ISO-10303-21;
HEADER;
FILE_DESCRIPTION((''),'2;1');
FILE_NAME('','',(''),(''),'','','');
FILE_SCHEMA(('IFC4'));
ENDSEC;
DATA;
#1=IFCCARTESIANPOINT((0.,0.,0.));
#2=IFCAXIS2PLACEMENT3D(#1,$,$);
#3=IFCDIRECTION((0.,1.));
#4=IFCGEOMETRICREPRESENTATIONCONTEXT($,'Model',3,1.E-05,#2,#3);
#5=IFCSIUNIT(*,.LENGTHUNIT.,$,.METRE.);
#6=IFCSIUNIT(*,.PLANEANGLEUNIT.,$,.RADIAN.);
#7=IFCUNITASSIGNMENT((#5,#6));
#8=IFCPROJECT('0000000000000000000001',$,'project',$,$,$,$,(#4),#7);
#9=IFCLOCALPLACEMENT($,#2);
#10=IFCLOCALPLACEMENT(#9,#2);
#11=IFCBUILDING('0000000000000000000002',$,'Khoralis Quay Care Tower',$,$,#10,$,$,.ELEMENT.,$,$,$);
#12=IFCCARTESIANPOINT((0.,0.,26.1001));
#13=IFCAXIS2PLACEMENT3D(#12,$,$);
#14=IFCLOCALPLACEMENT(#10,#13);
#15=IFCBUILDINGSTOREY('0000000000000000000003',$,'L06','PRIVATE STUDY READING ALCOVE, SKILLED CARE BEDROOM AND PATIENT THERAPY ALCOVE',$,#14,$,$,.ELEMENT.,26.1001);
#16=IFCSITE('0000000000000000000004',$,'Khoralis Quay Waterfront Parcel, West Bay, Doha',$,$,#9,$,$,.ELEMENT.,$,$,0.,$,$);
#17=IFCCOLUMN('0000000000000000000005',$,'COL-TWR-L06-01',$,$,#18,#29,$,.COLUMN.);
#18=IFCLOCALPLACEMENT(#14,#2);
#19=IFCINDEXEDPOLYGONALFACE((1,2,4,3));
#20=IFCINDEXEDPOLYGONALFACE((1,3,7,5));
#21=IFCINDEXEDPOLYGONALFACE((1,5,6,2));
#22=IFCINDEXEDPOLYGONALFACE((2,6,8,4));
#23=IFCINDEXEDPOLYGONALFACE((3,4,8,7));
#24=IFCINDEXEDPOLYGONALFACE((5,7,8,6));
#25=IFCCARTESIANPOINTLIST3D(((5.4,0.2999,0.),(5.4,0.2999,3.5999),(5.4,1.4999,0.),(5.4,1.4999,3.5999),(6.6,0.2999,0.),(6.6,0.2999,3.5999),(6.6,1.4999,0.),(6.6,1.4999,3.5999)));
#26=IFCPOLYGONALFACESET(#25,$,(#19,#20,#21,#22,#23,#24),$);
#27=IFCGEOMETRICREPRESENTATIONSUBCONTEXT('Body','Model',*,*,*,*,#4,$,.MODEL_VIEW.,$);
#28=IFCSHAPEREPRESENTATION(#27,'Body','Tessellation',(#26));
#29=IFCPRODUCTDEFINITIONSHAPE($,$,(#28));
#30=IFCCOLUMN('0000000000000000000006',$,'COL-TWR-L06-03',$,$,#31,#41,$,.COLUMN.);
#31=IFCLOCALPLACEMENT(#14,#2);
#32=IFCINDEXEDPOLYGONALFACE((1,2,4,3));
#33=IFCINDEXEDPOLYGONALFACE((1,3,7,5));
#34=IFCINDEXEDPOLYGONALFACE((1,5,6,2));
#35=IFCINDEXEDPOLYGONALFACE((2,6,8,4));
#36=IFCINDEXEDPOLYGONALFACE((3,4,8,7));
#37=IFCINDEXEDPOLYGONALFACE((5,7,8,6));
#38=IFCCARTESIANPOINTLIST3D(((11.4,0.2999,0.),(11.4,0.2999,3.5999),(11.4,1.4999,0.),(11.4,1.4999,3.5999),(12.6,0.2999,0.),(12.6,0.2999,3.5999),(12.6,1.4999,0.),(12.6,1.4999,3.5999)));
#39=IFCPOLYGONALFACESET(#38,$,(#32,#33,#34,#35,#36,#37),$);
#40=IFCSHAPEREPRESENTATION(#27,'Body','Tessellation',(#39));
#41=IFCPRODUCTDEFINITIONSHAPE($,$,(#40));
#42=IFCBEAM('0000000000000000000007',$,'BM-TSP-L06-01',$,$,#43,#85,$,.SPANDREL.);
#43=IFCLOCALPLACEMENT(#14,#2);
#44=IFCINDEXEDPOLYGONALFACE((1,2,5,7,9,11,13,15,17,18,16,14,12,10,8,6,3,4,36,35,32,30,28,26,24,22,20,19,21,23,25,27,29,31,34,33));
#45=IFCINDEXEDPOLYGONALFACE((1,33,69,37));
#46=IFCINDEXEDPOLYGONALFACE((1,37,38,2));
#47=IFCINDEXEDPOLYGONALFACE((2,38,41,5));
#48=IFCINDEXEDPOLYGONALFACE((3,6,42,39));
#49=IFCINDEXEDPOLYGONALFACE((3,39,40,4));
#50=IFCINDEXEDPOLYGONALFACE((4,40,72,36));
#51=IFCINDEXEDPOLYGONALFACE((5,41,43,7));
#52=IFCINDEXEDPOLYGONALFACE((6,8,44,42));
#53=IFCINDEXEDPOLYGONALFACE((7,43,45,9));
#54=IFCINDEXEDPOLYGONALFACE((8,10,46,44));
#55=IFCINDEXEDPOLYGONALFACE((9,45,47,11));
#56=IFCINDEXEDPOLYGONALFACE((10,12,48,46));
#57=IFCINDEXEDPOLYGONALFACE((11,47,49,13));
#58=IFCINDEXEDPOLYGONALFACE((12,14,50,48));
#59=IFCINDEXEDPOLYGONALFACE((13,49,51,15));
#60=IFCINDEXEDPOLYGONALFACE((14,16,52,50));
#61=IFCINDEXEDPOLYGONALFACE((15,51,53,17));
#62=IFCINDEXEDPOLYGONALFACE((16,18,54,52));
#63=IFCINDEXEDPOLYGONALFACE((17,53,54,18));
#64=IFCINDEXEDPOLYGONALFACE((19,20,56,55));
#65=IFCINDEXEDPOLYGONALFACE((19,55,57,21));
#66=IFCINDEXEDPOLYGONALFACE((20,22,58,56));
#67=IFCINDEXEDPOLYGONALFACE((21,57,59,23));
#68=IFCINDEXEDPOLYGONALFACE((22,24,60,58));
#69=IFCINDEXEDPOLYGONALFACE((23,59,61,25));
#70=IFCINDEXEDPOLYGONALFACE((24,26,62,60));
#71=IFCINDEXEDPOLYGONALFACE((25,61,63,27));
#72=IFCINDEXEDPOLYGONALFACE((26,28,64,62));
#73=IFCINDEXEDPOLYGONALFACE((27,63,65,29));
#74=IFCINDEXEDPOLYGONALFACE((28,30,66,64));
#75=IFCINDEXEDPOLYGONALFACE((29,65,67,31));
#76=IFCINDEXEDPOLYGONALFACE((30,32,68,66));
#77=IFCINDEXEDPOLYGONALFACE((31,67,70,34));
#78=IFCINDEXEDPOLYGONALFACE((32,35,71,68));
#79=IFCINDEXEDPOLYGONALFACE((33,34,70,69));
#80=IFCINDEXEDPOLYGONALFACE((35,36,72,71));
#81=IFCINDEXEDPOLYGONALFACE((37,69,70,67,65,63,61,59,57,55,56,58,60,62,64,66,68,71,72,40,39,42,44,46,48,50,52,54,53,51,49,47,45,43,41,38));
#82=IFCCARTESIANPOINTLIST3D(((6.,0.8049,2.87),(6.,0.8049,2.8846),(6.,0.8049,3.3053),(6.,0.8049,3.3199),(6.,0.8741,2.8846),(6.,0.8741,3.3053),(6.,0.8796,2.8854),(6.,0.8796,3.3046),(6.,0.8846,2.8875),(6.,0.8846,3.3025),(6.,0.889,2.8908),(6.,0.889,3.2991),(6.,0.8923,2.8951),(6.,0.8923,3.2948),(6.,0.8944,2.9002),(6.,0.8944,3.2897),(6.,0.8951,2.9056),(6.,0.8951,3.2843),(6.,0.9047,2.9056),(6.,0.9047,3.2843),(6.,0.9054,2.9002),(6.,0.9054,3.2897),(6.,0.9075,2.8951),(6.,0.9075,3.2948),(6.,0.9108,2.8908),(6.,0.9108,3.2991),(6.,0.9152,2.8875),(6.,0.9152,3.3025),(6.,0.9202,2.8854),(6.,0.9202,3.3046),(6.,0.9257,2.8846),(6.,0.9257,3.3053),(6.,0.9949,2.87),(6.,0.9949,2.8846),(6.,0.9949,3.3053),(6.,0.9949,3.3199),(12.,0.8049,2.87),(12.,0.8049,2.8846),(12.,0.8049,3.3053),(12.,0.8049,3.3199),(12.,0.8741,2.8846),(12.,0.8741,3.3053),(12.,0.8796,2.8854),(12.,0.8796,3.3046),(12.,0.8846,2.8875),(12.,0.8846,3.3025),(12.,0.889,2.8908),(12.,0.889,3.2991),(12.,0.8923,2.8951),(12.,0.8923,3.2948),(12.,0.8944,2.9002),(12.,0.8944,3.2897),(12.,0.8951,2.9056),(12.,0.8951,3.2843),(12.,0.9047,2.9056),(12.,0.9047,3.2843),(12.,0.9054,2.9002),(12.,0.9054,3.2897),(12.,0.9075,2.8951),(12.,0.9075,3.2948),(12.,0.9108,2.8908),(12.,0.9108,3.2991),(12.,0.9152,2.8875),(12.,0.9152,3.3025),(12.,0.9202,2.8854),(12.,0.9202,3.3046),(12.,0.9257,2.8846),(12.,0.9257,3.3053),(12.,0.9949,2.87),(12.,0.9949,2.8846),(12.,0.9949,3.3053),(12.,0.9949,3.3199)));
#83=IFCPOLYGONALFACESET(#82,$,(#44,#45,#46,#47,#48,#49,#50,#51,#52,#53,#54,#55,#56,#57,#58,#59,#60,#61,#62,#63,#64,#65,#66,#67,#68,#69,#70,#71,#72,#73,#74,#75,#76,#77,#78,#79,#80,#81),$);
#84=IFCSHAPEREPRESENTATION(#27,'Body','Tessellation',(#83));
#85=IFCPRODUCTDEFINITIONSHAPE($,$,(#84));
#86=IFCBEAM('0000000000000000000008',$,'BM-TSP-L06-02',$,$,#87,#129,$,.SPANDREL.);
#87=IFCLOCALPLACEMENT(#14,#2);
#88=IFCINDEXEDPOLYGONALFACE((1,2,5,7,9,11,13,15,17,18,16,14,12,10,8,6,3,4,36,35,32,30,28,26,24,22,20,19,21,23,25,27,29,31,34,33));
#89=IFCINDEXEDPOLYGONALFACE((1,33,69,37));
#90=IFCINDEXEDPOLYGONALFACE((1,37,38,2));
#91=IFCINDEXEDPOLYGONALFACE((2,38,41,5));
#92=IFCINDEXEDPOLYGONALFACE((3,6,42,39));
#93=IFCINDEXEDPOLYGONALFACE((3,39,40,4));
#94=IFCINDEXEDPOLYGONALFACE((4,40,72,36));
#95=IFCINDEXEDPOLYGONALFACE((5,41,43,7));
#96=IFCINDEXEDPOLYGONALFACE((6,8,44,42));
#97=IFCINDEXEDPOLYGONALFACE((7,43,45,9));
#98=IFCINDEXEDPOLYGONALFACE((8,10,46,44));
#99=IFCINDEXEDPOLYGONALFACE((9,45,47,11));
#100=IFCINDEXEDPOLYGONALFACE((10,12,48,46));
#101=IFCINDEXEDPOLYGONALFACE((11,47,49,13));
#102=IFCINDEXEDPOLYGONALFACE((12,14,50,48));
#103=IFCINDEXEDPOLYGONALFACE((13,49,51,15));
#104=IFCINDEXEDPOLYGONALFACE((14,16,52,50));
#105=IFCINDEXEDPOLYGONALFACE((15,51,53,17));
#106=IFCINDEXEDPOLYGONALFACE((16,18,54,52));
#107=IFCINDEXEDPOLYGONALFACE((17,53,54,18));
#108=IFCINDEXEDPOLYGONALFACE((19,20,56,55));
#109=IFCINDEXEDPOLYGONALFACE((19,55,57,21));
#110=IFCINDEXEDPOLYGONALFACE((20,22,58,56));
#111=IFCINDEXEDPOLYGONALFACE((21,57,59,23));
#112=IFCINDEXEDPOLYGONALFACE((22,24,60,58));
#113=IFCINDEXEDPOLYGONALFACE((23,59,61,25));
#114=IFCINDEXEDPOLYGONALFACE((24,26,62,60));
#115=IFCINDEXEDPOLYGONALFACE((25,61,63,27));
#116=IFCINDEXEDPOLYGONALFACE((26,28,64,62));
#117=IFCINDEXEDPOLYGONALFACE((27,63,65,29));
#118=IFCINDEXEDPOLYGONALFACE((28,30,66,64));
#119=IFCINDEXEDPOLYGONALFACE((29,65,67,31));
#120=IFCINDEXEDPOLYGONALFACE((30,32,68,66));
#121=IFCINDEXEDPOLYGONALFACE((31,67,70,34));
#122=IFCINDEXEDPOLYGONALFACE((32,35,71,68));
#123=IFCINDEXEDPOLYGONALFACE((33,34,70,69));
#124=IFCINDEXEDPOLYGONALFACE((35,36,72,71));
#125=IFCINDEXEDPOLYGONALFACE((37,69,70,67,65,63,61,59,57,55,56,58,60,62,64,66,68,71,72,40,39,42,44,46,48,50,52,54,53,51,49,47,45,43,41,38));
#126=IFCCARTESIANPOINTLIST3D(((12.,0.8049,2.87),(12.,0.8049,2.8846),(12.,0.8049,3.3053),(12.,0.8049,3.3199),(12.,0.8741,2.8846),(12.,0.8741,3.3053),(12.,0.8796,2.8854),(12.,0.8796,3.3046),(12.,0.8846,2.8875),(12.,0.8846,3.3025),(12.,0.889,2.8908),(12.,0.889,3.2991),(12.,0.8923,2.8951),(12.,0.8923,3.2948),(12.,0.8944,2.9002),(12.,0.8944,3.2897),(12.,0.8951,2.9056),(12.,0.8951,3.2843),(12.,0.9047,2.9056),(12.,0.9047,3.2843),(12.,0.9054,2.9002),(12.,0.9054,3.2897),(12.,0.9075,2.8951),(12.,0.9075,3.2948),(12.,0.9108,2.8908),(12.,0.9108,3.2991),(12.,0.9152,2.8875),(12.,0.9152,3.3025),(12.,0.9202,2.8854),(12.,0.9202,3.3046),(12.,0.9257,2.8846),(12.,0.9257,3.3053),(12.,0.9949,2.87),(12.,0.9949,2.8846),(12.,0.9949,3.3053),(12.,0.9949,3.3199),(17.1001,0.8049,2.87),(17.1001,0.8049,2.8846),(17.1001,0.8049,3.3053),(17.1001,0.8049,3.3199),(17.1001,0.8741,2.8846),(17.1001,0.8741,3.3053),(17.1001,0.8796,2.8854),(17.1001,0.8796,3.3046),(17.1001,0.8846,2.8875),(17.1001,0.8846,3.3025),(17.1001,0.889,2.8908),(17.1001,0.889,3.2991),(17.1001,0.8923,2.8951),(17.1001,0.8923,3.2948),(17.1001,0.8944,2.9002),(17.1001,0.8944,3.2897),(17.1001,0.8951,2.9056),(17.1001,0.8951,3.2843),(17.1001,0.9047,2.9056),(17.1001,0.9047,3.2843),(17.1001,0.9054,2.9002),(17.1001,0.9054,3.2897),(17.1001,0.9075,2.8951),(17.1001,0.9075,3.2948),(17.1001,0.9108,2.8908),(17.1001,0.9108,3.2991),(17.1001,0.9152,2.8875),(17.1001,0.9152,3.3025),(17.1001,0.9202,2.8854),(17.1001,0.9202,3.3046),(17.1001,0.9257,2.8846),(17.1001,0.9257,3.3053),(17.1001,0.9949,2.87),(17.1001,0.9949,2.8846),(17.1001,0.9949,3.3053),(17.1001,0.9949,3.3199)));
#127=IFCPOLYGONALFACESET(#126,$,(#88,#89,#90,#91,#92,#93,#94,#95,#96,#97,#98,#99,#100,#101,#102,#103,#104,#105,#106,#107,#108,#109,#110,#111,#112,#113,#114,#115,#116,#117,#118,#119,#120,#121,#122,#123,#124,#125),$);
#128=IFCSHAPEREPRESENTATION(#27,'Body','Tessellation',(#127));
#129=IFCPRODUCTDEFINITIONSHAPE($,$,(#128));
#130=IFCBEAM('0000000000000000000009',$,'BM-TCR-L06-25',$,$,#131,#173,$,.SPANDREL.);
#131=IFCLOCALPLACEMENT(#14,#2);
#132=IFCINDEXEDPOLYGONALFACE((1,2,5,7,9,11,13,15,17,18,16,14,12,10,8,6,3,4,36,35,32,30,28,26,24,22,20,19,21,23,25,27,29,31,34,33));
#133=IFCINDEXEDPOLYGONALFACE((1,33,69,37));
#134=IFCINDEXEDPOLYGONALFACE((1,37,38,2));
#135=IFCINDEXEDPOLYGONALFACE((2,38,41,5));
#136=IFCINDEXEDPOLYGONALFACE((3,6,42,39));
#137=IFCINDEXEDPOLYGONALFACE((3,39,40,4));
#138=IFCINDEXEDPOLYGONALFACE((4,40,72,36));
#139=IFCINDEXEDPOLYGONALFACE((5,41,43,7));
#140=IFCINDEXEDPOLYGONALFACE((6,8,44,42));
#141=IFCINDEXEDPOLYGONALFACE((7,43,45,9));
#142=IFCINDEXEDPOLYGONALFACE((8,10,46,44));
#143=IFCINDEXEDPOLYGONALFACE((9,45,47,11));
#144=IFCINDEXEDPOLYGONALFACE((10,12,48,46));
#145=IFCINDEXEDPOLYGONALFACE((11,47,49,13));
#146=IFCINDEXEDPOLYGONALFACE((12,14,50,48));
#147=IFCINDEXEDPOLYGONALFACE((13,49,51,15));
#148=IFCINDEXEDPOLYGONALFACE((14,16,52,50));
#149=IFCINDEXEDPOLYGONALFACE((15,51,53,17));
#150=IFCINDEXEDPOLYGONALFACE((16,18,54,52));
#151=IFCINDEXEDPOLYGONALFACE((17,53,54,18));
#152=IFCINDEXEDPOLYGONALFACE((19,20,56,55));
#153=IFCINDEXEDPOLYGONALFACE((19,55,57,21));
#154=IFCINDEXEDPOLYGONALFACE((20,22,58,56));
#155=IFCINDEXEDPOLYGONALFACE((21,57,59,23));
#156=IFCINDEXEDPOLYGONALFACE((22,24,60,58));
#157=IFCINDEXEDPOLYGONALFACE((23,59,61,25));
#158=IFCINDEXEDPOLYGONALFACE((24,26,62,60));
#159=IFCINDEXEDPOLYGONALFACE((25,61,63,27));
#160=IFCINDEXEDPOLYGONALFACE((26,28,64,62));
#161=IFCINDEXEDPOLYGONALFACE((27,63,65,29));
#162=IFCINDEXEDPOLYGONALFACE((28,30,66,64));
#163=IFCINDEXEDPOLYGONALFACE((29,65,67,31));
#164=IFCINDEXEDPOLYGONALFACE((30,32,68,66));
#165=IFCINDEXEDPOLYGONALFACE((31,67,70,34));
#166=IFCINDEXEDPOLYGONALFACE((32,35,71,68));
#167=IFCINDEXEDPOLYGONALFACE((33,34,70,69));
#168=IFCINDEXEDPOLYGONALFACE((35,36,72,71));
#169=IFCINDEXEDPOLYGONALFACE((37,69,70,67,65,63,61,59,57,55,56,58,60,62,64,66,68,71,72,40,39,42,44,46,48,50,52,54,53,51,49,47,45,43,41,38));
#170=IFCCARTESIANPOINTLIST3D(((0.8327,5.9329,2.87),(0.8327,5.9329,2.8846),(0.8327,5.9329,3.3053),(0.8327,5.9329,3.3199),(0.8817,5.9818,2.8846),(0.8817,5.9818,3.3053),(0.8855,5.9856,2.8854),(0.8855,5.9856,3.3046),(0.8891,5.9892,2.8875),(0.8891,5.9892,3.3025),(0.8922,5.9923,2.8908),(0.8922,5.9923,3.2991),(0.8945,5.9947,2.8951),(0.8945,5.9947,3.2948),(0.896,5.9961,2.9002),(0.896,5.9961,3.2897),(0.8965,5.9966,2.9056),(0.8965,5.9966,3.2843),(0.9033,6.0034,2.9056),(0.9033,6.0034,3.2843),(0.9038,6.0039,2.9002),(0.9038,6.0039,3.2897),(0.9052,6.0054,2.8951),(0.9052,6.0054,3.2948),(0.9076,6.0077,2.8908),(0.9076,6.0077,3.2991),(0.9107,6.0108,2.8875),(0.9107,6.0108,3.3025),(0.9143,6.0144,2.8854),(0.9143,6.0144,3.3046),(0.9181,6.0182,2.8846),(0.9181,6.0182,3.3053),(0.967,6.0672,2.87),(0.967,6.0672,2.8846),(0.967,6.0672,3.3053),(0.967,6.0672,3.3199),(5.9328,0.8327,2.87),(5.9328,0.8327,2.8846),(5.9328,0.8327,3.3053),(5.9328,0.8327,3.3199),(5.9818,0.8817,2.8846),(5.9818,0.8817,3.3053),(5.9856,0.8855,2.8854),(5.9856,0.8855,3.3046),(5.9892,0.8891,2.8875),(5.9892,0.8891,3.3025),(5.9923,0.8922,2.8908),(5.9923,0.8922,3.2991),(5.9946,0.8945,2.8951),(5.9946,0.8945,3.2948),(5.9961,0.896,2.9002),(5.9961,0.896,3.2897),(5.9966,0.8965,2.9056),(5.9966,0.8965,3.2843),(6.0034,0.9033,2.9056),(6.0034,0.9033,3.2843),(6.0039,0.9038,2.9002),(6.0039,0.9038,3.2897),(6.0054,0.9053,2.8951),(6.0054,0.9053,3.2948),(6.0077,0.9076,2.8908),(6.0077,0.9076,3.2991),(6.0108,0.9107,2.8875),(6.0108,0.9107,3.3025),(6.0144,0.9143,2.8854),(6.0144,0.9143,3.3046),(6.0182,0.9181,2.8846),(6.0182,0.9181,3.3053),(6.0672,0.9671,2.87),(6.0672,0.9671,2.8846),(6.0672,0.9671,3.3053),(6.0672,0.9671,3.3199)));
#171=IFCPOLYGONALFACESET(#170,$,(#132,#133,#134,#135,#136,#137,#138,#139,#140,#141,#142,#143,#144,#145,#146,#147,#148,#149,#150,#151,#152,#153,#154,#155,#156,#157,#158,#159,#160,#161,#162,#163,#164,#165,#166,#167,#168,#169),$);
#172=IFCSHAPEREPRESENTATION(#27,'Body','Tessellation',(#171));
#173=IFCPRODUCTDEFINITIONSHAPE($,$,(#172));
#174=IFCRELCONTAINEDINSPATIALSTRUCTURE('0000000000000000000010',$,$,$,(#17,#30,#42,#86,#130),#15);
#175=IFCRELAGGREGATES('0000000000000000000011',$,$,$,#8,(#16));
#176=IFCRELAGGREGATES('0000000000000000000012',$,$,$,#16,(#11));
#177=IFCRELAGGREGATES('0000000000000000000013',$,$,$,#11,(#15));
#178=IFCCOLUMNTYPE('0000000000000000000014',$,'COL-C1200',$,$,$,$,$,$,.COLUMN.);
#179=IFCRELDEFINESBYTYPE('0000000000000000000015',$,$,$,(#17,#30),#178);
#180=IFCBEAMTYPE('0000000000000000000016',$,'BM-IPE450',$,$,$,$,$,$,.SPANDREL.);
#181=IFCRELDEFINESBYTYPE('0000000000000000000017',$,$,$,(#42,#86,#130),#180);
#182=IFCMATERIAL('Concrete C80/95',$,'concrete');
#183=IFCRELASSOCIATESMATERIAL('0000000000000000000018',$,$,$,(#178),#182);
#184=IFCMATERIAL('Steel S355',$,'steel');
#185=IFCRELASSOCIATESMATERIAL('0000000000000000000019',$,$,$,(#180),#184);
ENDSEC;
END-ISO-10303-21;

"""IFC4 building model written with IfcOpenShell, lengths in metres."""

from ifc_helpers import new_model, si_unit, direction, frame, origin, origin_2d, place, context, subcontext, project, spatial, rectangle, i_section, extrude, source, transform, mapped, material, material_profile, profile_set, type_object, element, save


model = new_model("IFC4")

# Units and contexts
model_context = context("Model", 3, precision=1e-05, world=origin(), true_north=direction((0.0, 1.0)))
body_context = subcontext(model_context, "Body", "Model", "MODEL_VIEW")
ifc_project = project(units=[si_unit("LENGTHUNIT", "METRE"), si_unit("PLANEANGLEUNIT", "RADIAN")], contexts=[model_context])

# Site, building, storey
site_placement = place(None, origin())
site = spatial("IfcSite", under=ifc_project, at=site_placement, Name="Khoralis Quay Waterfront Parcel, West Bay, Doha", CompositionType="ELEMENT", RefElevation=0.0)
building_placement = place(site_placement, origin())
building = spatial("IfcBuilding", under=site, at=building_placement, Name="Khoralis Quay Care Tower", CompositionType="ELEMENT")
storey_placement = place(building_placement, frame((0.0, 0.0, 26.1001)))
storey = spatial("IfcBuildingStorey", under=building, at=storey_placement, Name="L06", Description="PRIVATE STUDY READING ALCOVE, SKILLED CARE BEDROOM AND PATIENT THERAPY ALCOVE", CompositionType="ELEMENT", Elevation=26.1001)

# Columns
ifc_material_1 = material(Name="Concrete C80/95", Category="concrete")
ifc_material_profile_1 = material_profile(ifc_material_1, rectangle(XDim=1.2, YDim=1.2, at=origin_2d()), Name="Concrete C80/95")
ifc_profile_set_1 = profile_set([ifc_material_profile_1], Name="Concrete C80/95")
column_type = type_object("IfcColumnType", Name="COL-C1200", PredefinedType="COLUMN", material=ifc_profile_set_1)
shared_shape_1 = source(origin(), body_context, "Body", "SweptSolid", [
    extrude(rectangle(XDim=1.2, YDim=1.2, at=origin_2d()), origin(), (0.0, 0.0, 1.0), 3.5999),
])
for number, where, z_axis, x_axis, name in (
    (1, (6.0, 0.8999, 0.0), (0.0, 0.0, 1.0), (1.0, 0.0, 0.0), "COL-TWR-L06-01"),
    (2, (12.0, 0.8999, 0.0), (0.0, 0.0, 1.0), (1.0, 0.0, 0.0), "COL-TWR-L06-03"),
):
    element("IfcColumn", number, at=place(storey_placement, frame(where, z_axis=z_axis, x_axis=x_axis)), inside=storey, type_object=column_type, Name=name, PredefinedType="COLUMN", context=body_context, shape_type="MappedRepresentation", body=[
        mapped(shared_shape_1, transform((0.0, 0.0, 0.0), scale=1.0)),
    ])

# Beams
ifc_material_2 = material(Name="Steel S355", Category="steel")
ifc_material_profile_2 = material_profile(ifc_material_2, i_section(OverallWidth=0.1899, OverallDepth=0.45, WebThickness=0.0095, FlangeThickness=0.0146, FilletRadius=0.021, at=origin_2d()), Name="Steel S355")
ifc_profile_set_2 = profile_set([ifc_material_profile_2], Name="Steel S355")
beam_type_1 = type_object("IfcBeamType", Name="BM-IPE450", PredefinedType="SPANDREL", material=ifc_profile_set_2)
shared_shape_2 = source(origin(), body_context, "Body", "SweptSolid", [
    extrude(i_section(OverallWidth=0.1899, OverallDepth=0.45, WebThickness=0.0095, FlangeThickness=0.0146, FilletRadius=0.021, at=origin_2d()), origin(), (0.0, 0.0, 1.0), 6.0),
])
beam_1_placement = place(storey_placement, frame((6.0, 0.8999, 3.095), z_axis=(1.0, 0.0, 0.0), x_axis=(0.0, 1.0, 0.0)))
element("IfcBeam", 3, at=beam_1_placement, inside=storey, type_object=beam_type_1, Name="BM-TSP-L06-01", PredefinedType="SPANDREL", context=body_context, shape_type="MappedRepresentation", body=[
    mapped(shared_shape_2, transform((0.0, 0.0, 0.0), scale=1.0)),
])
shared_shape_3 = source(origin(), body_context, "Body", "SweptSolid", [
    extrude(i_section(OverallWidth=0.1899, OverallDepth=0.45, WebThickness=0.0095, FlangeThickness=0.0146, FilletRadius=0.021, at=origin_2d()), origin(), (0.0, 0.0, 1.0), 5.1001),
])
beam_2_placement = place(storey_placement, frame((12.0, 0.8999, 3.095), z_axis=(1.0, 0.0, 0.0), x_axis=(0.0, 1.0, 0.0)))
element("IfcBeam", 4, at=beam_2_placement, inside=storey, type_object=beam_type_1, Name="BM-TSP-L06-02", PredefinedType="SPANDREL", context=body_context, shape_type="MappedRepresentation", body=[
    mapped(shared_shape_3, transform((0.0, 0.0, 0.0), scale=1.0)),
])
shared_shape_4 = source(origin(), body_context, "Body", "SweptSolid", [
    extrude(i_section(OverallWidth=0.1899, OverallDepth=0.45, WebThickness=0.0095, FlangeThickness=0.0146, FilletRadius=0.021, at=origin_2d()), origin(), (0.0, 0.0, 1.0), 7.2126),
])
beam_3_placement = place(storey_placement, frame((6.0, 0.8999, 3.095), z_axis=(-0.707107, 0.707107, 0.0), x_axis=(-0.707107, -0.707107, 0.0)))
element("IfcBeam", 5, at=beam_3_placement, inside=storey, type_object=beam_type_1, Name="BM-TCR-L06-25", PredefinedType="SPANDREL", context=body_context, shape_type="MappedRepresentation", body=[
    mapped(shared_shape_4, transform((0.0, 0.0, 0.0), scale=1.0)),
])

save(model, "model.ifc")
